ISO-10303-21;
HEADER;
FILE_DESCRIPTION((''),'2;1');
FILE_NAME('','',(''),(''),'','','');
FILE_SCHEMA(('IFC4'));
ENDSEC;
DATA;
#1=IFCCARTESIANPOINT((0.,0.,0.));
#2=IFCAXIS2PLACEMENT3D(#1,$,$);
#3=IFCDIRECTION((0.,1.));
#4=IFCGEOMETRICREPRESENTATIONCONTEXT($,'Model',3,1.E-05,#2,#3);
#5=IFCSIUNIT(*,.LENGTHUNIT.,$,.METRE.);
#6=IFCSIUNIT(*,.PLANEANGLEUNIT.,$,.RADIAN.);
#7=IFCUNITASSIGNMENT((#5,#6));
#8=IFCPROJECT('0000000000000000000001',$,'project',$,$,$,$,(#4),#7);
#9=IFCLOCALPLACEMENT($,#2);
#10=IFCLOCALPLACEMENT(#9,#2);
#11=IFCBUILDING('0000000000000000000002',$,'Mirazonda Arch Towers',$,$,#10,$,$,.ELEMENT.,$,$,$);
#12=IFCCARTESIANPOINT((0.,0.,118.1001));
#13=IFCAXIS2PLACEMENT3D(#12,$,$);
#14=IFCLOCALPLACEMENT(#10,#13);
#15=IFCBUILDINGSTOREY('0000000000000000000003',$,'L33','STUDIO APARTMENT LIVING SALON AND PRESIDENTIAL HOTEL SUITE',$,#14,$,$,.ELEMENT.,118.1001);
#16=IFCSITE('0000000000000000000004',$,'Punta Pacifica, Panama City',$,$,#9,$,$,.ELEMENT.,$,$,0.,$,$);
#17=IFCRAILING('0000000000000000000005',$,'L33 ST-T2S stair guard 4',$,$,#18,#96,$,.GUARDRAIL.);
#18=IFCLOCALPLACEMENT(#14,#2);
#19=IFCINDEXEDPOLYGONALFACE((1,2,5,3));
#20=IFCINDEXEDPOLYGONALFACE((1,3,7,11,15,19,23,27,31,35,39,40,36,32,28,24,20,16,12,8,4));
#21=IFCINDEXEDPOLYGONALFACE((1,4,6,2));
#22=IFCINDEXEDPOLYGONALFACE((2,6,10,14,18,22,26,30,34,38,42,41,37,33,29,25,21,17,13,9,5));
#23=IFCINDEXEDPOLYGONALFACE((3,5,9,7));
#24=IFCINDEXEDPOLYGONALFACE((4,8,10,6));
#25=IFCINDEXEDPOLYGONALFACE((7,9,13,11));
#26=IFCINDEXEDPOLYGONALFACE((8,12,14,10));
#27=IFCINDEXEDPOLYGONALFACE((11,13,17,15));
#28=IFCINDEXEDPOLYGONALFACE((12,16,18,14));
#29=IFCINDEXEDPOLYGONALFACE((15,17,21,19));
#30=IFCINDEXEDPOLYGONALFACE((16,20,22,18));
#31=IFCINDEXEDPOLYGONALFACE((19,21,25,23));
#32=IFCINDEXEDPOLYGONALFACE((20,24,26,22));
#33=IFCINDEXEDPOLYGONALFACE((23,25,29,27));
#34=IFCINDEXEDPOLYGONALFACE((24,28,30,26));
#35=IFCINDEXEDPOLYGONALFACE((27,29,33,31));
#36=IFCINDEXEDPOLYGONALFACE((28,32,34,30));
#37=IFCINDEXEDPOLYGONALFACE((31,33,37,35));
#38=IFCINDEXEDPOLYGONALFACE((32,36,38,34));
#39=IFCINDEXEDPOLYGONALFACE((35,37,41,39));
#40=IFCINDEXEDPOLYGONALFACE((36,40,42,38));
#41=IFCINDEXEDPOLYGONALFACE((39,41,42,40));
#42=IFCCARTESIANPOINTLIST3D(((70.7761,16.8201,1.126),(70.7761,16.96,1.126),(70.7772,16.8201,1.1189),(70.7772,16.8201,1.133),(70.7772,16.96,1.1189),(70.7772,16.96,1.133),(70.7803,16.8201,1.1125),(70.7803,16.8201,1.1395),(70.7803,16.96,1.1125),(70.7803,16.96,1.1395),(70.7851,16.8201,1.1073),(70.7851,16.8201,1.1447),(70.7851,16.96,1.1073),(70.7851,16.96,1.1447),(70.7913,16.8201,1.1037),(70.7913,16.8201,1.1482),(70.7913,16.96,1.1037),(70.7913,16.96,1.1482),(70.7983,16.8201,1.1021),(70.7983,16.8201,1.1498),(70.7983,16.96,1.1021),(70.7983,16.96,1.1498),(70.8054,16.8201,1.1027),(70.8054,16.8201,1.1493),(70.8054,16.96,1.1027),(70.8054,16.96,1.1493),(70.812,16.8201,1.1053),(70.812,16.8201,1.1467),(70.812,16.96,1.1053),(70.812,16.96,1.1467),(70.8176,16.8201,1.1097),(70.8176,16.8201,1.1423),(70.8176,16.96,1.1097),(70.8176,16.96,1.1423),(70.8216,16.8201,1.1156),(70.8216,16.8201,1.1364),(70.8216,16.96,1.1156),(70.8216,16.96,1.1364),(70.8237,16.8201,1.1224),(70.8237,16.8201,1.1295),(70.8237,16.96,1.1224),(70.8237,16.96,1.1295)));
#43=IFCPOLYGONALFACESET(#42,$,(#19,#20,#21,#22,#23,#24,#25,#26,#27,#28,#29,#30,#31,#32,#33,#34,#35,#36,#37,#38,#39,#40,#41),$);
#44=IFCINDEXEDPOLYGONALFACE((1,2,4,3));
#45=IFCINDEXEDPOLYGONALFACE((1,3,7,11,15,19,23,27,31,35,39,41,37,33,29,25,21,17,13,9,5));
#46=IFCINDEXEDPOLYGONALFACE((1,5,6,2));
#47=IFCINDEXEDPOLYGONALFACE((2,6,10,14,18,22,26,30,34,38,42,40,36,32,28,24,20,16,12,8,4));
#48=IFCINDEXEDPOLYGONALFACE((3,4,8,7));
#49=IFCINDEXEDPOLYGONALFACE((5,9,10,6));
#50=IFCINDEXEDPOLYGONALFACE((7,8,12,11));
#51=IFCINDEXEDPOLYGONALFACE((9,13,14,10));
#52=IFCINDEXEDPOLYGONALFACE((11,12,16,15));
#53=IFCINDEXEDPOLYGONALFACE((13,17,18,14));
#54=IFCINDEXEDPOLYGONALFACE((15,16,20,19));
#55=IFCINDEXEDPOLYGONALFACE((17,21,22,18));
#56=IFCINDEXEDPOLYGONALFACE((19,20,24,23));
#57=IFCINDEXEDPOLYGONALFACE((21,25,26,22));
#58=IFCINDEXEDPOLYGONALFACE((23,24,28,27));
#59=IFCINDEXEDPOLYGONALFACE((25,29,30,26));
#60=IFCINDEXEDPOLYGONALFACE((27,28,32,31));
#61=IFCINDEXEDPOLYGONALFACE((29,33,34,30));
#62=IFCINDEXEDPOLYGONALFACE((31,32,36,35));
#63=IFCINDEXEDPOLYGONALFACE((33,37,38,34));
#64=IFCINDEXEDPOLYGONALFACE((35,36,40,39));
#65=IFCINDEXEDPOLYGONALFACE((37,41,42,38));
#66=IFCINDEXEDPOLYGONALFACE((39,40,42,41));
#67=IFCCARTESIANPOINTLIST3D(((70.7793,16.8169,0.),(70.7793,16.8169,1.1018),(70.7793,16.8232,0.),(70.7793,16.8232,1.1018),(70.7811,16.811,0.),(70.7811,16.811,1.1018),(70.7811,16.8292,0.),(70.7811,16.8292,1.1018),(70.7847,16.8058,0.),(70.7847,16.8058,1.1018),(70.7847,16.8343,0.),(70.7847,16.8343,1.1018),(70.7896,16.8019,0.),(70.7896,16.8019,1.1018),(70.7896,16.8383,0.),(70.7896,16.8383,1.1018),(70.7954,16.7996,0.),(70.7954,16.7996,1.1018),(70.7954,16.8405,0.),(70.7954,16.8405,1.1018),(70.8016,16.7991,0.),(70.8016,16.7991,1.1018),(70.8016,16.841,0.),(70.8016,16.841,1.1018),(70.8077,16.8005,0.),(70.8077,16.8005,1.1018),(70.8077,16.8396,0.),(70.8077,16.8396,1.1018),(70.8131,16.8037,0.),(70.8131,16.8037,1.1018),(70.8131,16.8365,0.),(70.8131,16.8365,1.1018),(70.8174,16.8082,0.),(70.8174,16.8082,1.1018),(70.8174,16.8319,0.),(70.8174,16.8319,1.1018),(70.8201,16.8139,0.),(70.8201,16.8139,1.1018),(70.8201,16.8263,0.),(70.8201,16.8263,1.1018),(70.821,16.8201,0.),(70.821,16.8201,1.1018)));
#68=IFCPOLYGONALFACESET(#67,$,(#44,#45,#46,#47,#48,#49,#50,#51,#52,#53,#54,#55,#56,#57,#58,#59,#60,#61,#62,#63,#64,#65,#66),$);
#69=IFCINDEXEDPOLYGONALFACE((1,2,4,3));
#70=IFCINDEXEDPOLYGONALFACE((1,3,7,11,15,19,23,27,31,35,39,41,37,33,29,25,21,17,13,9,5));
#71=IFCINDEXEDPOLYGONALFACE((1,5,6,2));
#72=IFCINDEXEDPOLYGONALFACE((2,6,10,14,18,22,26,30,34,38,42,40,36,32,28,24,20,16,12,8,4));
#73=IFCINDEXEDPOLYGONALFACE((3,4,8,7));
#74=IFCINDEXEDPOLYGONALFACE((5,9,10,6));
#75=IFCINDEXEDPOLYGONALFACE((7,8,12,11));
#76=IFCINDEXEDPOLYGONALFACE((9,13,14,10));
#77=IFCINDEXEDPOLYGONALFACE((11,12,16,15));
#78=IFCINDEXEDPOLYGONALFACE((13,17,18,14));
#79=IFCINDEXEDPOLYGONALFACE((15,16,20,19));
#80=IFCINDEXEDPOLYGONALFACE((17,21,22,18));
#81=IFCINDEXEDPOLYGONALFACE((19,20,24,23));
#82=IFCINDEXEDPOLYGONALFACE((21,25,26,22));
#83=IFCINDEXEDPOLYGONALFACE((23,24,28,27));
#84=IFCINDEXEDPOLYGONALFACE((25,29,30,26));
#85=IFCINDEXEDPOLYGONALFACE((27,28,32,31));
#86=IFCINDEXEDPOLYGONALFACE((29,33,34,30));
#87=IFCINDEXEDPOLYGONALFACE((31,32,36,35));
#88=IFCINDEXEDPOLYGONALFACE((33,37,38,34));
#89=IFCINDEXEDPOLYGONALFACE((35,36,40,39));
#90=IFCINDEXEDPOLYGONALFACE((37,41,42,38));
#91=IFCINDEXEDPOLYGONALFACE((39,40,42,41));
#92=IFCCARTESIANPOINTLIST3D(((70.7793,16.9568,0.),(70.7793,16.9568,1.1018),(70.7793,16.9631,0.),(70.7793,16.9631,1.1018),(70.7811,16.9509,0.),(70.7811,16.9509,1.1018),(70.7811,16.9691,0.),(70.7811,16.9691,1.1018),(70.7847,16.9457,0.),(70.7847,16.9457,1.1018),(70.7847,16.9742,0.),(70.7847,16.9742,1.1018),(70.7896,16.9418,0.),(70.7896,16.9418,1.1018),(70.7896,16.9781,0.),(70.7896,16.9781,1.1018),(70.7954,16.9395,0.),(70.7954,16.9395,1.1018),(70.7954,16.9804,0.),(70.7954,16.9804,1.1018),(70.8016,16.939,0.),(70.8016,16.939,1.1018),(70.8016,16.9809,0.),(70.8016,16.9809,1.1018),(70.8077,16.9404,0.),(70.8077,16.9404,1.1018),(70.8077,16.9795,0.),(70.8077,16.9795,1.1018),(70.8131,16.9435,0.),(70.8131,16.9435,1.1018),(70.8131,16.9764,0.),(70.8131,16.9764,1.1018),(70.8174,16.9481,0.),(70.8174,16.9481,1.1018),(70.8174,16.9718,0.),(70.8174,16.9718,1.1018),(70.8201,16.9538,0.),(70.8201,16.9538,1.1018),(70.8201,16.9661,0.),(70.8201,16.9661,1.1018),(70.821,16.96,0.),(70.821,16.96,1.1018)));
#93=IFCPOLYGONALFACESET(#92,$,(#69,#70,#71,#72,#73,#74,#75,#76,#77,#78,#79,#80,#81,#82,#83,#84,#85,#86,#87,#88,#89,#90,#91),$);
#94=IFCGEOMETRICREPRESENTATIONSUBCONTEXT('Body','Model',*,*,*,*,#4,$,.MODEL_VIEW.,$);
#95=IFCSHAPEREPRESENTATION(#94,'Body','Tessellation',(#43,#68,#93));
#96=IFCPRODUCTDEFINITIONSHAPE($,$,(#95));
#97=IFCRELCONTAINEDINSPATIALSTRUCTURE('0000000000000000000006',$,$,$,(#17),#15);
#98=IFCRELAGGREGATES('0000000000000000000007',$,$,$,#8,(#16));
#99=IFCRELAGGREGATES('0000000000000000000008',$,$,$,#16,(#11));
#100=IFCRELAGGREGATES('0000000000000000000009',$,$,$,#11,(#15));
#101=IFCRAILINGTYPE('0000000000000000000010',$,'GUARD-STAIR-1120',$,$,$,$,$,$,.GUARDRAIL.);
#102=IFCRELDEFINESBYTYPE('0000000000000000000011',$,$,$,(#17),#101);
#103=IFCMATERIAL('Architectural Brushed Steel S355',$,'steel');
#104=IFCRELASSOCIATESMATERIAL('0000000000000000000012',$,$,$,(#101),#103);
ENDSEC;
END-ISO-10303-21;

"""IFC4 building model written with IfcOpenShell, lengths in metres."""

from ifc_helpers import new_model, si_unit, direction, frame, origin, origin_2d, place, context, subcontext, project, spatial, circle, extrude, material, type_object, element, save


model = new_model("IFC4")

# Units and contexts
model_context = context("Model", 3, precision=1e-05, world=origin(), true_north=direction((0.0, 1.0)))
body_context = subcontext(model_context, "Body", "Model", "MODEL_VIEW")
ifc_project = project(units=[si_unit("LENGTHUNIT", "METRE"), si_unit("PLANEANGLEUNIT", "RADIAN")], contexts=[model_context])

# Site, building, storey
site_placement = place(None, origin())
site = spatial("IfcSite", under=ifc_project, at=site_placement, Name="Punta Pacifica, Panama City", CompositionType="ELEMENT", RefElevation=0.0)
building_placement = place(site_placement, origin())
building = spatial("IfcBuilding", under=site, at=building_placement, Name="Mirazonda Arch Towers", CompositionType="ELEMENT")
storey_placement = place(building_placement, frame((0.0, 0.0, 118.1001)))
storey = spatial("IfcBuildingStorey", under=building, at=storey_placement, Name="L33", Description="STUDIO APARTMENT LIVING SALON AND PRESIDENTIAL HOTEL SUITE", CompositionType="ELEMENT", Elevation=118.1001)

# Shared definitions
ifc_material_1 = material(Name="Architectural Brushed Steel S355", Category="steel")

# Railing
railing_type_1 = type_object("IfcRailingType", Name="GUARD-STAIR-1120", PredefinedType="GUARDRAIL", material=ifc_material_1)
railing_1_placement = place(storey_placement, frame((70.8, 16.8201, 0.0)))
element("IfcRailing", 1, at=railing_1_placement, inside=storey, type_object=railing_type_1, Name="L33 ST-T2S stair guard 4", PredefinedType="GUARDRAIL", context=body_context, shape_type="SweptSolid", body=[
    extrude(circle(Radius=0.0239, at=origin_2d()), frame((0.0, 0.0, 1.126), z_axis=(0.0, 1.0, 0.0), x_axis=(-1.0, 0.0, 0.0)), (0.0, 0.0, 1.0), 0.1399),
    extrude(circle(Radius=0.021, at=origin_2d()), origin(), (0.0, 0.0, 1.0), 1.1018),
    extrude(circle(Radius=0.021, at=origin_2d()), frame((0.0, 0.1399, 0.0)), (0.0, 0.0, 1.0), 1.1018),
])

save(model, "model.ifc")
